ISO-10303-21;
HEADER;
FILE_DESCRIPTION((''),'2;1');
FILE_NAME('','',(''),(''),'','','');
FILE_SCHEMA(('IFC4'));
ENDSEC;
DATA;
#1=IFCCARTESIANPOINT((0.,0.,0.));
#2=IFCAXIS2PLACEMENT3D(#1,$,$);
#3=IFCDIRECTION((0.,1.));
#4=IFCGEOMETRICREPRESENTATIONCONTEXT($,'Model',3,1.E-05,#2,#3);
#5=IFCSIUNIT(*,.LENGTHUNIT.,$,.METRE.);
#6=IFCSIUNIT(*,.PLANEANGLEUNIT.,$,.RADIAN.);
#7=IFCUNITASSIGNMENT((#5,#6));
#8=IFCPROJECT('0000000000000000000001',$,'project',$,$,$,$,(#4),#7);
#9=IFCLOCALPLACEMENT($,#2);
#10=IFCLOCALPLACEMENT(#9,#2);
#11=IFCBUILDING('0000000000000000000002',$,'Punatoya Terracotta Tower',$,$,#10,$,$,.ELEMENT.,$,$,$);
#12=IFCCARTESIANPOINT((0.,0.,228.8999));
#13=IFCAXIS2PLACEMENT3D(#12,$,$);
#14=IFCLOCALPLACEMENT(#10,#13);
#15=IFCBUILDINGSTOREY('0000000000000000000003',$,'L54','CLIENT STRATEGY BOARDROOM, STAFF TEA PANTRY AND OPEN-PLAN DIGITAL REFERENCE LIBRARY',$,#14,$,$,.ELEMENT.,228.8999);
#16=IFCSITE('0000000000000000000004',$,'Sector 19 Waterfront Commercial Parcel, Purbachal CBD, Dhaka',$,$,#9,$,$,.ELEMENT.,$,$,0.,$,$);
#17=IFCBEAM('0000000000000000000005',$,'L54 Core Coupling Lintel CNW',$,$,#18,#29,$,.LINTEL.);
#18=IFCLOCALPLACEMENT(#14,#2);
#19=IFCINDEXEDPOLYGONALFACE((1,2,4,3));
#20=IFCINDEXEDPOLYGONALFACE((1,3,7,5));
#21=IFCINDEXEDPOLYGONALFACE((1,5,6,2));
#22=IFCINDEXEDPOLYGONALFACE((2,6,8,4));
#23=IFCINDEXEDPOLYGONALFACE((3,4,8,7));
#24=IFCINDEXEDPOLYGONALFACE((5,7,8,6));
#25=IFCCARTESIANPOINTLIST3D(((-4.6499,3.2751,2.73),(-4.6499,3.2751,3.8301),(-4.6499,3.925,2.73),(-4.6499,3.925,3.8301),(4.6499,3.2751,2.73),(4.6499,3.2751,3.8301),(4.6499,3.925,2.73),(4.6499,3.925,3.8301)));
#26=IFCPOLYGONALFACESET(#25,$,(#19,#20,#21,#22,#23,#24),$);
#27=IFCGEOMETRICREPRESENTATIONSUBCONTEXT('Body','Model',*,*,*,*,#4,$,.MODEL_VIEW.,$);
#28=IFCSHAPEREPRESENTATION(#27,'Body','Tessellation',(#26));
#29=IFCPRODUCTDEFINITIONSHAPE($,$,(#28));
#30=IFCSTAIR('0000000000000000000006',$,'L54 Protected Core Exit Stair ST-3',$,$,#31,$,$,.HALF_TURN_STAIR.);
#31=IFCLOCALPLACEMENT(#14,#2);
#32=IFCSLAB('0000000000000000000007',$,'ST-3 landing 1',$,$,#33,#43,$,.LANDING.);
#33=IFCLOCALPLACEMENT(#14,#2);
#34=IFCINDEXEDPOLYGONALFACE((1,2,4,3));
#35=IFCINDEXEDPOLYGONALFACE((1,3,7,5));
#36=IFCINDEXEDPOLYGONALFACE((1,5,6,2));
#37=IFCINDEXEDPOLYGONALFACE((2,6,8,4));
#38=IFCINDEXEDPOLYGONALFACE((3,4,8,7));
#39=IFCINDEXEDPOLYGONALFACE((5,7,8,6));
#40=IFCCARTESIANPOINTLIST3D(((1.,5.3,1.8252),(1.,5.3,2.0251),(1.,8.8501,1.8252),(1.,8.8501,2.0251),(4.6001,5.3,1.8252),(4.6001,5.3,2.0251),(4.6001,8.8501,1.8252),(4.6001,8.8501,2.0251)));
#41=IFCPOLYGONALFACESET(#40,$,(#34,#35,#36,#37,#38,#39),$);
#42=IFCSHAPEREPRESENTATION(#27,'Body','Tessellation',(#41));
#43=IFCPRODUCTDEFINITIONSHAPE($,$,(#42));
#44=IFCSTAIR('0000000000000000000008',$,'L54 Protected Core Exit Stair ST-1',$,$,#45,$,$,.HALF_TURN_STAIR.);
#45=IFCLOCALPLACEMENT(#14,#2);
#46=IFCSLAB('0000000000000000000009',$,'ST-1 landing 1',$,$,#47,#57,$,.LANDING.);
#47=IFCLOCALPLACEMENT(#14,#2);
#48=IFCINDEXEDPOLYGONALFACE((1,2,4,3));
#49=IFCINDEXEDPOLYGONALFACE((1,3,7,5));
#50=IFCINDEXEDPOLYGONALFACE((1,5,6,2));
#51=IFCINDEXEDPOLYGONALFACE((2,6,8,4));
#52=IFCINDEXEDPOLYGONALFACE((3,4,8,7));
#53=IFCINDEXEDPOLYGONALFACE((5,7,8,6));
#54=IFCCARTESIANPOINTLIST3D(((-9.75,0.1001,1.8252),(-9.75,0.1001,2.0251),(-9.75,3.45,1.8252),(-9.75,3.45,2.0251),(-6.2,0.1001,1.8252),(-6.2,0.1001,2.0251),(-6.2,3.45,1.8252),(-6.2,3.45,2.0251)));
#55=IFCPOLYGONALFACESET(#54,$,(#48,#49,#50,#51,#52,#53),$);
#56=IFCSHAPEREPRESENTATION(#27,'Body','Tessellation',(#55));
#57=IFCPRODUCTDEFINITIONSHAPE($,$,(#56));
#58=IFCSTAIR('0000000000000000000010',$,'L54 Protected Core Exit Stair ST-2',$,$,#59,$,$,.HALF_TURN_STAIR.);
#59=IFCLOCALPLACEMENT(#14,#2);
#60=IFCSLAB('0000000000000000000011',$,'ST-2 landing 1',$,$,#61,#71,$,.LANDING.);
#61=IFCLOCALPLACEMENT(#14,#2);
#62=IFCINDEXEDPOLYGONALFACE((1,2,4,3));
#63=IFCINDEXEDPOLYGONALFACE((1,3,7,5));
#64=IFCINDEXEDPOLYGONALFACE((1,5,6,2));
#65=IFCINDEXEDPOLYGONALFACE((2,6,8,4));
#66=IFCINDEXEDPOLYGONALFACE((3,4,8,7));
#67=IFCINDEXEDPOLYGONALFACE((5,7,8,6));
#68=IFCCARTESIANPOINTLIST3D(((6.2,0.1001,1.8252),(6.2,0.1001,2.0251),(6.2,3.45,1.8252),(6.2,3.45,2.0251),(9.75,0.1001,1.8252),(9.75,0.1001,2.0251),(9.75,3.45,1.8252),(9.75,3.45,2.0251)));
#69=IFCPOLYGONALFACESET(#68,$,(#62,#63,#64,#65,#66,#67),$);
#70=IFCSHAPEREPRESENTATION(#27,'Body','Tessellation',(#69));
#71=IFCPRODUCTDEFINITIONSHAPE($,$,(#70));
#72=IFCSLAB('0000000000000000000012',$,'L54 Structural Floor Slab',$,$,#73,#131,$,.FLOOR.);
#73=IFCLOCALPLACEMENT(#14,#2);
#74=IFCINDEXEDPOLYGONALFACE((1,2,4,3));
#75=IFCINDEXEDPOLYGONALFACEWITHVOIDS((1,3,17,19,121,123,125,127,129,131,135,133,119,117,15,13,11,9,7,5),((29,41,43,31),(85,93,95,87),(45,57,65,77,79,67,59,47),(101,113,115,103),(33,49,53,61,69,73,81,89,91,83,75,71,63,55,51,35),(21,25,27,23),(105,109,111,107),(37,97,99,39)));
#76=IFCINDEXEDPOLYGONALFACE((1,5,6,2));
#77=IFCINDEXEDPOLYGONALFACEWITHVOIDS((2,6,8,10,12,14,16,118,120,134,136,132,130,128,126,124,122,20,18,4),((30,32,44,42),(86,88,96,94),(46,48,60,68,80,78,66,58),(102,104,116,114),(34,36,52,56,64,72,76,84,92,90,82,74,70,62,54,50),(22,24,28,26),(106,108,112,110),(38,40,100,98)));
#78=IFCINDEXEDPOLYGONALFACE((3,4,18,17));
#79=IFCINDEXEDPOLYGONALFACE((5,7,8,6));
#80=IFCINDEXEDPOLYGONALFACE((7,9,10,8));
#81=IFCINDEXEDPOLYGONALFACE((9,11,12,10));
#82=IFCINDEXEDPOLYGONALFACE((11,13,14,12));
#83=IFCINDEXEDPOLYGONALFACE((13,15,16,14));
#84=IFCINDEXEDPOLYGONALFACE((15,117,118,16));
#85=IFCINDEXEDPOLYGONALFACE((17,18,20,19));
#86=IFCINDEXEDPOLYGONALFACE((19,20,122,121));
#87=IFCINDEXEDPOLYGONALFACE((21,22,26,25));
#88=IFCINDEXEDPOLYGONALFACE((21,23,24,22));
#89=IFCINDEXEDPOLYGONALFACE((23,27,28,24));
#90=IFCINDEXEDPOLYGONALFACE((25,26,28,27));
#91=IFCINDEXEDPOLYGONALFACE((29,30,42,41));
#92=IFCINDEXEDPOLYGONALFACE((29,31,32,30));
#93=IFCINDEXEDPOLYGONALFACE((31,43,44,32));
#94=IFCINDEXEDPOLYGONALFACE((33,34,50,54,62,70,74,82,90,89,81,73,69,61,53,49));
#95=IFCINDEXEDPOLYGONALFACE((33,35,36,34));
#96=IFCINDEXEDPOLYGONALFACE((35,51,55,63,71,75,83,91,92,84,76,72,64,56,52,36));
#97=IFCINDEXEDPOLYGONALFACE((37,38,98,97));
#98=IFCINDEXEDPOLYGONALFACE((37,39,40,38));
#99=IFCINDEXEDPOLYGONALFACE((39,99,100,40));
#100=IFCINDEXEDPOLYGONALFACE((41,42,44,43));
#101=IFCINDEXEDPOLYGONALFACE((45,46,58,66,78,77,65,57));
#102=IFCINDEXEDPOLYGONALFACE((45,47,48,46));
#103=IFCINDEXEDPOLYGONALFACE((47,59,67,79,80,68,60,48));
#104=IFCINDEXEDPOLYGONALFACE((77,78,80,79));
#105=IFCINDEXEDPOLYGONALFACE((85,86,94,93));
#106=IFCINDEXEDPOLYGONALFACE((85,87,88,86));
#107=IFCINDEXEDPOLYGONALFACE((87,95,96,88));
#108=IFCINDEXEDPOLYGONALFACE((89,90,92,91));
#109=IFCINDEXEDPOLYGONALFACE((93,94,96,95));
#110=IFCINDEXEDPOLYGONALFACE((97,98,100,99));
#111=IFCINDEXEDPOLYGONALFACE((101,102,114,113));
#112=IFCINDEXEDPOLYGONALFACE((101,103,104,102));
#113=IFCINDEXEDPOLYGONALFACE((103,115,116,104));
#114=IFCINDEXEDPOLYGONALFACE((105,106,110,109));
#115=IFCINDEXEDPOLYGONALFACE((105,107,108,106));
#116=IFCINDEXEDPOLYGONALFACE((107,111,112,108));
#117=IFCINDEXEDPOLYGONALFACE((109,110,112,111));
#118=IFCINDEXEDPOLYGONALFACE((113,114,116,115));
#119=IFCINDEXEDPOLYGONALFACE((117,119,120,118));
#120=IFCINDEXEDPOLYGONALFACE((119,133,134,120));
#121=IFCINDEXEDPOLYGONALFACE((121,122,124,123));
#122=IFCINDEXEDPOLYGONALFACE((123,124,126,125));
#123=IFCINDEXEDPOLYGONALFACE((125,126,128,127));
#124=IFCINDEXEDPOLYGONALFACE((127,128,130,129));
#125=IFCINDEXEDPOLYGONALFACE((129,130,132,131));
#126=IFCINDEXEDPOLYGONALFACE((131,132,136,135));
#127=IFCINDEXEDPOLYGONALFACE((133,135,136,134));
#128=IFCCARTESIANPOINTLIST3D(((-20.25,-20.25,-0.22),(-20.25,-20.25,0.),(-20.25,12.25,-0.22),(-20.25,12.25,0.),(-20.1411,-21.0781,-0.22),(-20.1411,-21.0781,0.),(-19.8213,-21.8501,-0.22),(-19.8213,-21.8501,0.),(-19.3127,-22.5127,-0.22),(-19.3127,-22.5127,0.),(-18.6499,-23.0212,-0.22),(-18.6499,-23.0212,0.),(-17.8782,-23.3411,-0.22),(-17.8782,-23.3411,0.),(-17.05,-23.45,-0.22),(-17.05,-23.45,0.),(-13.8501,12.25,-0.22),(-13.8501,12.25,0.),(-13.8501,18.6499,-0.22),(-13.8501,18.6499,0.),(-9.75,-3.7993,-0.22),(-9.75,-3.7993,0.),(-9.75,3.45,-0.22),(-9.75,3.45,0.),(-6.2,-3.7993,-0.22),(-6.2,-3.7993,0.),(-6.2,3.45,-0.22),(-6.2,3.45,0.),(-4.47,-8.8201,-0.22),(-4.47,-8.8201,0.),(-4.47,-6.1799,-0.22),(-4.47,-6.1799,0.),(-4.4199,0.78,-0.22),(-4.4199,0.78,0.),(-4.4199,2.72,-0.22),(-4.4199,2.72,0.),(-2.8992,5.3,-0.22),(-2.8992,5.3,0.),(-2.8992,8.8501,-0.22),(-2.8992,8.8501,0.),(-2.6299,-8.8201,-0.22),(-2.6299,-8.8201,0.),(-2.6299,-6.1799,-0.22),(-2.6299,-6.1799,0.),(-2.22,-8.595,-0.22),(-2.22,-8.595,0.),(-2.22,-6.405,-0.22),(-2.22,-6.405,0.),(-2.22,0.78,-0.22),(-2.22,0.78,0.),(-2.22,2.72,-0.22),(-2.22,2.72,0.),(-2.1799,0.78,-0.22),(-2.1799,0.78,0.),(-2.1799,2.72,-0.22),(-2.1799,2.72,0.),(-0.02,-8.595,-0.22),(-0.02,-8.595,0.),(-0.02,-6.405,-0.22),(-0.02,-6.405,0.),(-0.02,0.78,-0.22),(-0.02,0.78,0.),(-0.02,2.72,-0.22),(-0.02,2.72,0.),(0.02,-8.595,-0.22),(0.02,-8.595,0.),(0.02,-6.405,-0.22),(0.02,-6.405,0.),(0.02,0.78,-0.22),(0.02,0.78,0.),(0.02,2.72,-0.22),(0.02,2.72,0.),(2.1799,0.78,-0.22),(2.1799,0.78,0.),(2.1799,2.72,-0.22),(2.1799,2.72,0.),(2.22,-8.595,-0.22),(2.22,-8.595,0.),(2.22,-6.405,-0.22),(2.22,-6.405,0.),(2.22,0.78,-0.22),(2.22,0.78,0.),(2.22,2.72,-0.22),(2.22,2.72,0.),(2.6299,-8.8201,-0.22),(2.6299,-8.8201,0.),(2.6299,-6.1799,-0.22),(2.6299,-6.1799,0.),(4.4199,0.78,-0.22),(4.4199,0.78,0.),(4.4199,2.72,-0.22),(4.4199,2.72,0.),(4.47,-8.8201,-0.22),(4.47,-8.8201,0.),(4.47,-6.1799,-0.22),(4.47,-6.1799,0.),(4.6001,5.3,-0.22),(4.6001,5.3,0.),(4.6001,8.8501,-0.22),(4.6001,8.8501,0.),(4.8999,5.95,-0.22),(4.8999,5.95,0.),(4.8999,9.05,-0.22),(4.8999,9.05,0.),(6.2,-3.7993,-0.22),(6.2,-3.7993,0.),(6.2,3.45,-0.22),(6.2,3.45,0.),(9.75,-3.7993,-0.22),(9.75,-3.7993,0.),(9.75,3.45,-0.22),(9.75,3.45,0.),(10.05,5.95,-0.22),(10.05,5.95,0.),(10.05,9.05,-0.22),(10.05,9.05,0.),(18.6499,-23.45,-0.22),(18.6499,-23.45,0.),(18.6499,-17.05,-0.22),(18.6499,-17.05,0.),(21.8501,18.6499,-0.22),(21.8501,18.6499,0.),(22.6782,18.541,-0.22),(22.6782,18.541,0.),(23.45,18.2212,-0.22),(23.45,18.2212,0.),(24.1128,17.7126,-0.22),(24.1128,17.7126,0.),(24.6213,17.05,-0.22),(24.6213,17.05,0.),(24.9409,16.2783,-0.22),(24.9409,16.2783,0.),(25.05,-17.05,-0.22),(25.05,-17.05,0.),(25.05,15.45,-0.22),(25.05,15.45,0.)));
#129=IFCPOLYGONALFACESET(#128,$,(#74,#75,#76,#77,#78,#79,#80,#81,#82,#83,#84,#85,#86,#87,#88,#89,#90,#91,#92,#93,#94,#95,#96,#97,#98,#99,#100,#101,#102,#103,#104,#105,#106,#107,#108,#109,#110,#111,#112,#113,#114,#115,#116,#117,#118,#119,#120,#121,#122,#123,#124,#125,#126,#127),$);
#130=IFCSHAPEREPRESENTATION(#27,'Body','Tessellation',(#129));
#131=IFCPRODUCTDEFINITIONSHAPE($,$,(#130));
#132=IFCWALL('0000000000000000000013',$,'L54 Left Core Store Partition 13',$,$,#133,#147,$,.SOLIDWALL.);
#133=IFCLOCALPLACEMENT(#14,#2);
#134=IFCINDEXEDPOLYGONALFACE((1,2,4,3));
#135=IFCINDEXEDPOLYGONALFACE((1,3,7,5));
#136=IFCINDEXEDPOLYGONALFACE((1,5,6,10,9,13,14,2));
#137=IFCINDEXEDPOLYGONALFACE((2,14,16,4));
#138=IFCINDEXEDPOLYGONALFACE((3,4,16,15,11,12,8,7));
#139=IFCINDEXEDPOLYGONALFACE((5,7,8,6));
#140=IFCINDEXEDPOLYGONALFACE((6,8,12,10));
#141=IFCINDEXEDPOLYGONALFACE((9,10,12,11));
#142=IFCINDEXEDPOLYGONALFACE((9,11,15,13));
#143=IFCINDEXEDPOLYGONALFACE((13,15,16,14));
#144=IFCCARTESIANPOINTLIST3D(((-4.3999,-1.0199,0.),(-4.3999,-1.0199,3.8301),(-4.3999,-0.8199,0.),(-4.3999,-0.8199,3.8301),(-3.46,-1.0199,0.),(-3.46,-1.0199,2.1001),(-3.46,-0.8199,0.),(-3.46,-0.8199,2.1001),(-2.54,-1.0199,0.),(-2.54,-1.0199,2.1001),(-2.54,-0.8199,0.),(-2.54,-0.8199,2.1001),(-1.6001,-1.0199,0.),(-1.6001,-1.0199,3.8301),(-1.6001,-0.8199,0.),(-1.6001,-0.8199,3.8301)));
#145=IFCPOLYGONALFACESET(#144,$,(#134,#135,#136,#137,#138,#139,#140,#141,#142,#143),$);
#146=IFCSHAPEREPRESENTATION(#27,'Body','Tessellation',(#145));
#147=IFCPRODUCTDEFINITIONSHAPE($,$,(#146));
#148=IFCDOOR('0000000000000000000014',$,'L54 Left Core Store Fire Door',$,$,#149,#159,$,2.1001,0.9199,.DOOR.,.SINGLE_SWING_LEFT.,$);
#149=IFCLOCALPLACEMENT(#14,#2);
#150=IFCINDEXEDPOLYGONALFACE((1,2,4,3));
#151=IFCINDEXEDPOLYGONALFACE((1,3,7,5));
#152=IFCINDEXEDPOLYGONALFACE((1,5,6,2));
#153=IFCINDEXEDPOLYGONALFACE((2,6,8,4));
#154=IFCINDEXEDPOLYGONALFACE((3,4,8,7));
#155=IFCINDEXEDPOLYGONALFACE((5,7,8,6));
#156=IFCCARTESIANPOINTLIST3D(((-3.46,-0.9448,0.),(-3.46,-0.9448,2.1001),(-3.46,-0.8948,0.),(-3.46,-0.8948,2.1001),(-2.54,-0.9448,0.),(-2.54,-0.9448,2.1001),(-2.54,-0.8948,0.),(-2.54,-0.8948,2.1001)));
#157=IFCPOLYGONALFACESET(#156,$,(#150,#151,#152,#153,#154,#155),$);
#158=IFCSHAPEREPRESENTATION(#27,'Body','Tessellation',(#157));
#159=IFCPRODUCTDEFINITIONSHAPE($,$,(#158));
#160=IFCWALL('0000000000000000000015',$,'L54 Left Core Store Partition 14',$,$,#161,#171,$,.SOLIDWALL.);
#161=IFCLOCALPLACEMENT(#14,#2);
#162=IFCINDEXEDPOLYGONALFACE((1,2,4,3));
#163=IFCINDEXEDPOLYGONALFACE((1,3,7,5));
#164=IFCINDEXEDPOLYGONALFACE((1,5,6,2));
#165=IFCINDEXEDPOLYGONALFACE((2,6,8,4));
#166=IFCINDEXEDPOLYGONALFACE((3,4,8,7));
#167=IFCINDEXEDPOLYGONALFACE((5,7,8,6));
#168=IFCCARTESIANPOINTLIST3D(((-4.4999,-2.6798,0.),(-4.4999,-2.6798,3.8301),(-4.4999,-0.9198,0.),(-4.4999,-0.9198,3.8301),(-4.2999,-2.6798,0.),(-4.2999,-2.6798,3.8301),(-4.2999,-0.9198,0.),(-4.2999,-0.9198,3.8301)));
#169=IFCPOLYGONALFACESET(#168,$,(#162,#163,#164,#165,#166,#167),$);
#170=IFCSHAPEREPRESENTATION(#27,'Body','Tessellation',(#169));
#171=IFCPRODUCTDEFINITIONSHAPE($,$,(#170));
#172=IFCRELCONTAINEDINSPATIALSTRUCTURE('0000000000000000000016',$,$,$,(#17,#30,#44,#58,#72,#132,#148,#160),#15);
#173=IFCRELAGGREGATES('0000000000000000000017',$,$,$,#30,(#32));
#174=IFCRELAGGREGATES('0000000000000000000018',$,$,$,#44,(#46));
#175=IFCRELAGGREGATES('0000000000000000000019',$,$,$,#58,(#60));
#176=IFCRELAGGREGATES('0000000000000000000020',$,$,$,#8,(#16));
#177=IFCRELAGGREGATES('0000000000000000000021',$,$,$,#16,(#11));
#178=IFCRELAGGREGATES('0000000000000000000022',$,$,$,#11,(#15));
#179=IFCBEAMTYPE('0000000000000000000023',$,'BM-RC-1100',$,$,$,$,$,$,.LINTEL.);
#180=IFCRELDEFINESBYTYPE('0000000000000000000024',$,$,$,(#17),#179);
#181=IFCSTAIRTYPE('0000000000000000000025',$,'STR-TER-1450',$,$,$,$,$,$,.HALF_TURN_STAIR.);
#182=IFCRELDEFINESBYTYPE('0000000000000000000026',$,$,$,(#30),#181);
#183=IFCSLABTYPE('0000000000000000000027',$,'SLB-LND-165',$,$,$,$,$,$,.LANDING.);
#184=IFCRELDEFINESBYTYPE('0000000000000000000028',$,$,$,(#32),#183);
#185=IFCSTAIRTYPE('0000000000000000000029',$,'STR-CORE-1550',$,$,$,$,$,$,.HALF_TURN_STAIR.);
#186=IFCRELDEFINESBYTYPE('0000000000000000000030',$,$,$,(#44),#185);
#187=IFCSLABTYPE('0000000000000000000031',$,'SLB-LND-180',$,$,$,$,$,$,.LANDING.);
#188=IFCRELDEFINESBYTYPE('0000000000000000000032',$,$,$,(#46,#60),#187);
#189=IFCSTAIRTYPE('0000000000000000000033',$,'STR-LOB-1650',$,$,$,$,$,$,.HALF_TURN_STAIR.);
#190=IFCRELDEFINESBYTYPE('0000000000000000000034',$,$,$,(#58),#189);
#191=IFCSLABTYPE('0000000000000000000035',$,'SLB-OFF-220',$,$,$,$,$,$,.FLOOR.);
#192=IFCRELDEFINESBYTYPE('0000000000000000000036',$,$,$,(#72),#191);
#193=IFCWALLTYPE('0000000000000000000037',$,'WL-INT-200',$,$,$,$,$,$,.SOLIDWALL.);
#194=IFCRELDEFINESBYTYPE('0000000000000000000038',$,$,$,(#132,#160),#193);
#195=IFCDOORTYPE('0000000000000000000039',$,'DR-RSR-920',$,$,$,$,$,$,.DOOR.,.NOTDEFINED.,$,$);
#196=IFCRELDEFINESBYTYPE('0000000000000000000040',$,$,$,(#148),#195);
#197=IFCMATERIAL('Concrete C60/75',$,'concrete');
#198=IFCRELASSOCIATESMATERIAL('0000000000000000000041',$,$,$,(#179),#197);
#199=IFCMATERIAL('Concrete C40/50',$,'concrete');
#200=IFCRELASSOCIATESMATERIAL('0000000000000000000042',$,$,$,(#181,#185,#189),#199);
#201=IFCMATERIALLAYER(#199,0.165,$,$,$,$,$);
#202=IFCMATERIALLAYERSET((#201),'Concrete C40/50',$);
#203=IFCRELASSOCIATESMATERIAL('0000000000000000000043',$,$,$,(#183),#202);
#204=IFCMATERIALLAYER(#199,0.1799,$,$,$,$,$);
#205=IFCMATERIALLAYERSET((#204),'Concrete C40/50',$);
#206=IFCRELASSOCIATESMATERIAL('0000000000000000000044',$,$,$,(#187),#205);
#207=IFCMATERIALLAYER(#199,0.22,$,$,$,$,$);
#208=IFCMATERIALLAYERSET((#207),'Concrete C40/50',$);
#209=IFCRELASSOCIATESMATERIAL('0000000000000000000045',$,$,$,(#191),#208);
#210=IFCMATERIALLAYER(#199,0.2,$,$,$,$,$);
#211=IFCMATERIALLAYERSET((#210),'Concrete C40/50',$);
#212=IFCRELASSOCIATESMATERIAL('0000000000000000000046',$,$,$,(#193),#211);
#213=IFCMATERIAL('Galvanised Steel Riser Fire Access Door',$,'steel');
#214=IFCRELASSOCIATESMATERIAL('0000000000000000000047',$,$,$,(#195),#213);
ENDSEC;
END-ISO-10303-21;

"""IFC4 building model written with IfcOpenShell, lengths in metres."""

from ifc_helpers import new_model, si_unit, direction, frame, frame_2d, origin, origin_2d, place, context, subcontext, project, spatial, polyline, rectangle, outline, extrude, material, layer, layer_set, material_profile, profile_set, type_object, element, fill, aggregate, save


model = new_model("IFC4")

# Units and contexts
model_context = context("Model", 3, precision=1e-05, world=origin(), true_north=direction((0.0, 1.0)))
body_context = subcontext(model_context, "Body", "Model", "MODEL_VIEW")
ifc_project = project(units=[si_unit("LENGTHUNIT", "METRE"), si_unit("PLANEANGLEUNIT", "RADIAN")], contexts=[model_context])

# Site, building, storey
site_placement = place(None, origin())
site = spatial("IfcSite", under=ifc_project, at=site_placement, Name="Sector 19 Waterfront Commercial Parcel, Purbachal CBD, Dhaka", CompositionType="ELEMENT", RefElevation=0.0)
building_placement = place(site_placement, origin())
building = spatial("IfcBuilding", under=site, at=building_placement, Name="Punatoya Terracotta Tower", CompositionType="ELEMENT")
storey_placement = place(building_placement, frame((0.0, 0.0, 228.8999)))
storey = spatial("IfcBuildingStorey", under=building, at=storey_placement, Name="L54", Description="CLIENT STRATEGY BOARDROOM, STAFF TEA PANTRY AND OPEN-PLAN DIGITAL REFERENCE LIBRARY", CompositionType="ELEMENT", Elevation=228.8999)

# Beam
ifc_material_1 = material(Name="Concrete C60/75", Category="concrete")
ifc_material_profile = material_profile(ifc_material_1, rectangle(XDim=0.6499, YDim=1.1001, at=origin_2d()))
ifc_profile_set = profile_set([ifc_material_profile], Name="Concrete C60/75")
beam_type = type_object("IfcBeamType", Name="BM-RC-1100", PredefinedType="LINTEL", material=ifc_profile_set)
beam_placement = place(storey_placement, frame((-4.6499, 3.6001, 3.28), z_axis=(1.0, 0.0, 0.0), x_axis=(0.0, 1.0, 0.0)))
element("IfcBeam", 1, at=beam_placement, inside=storey, type_object=beam_type, Name="L54 Core Coupling Lintel CNW", PredefinedType="LINTEL", context=body_context, shape_type="SweptSolid", body=[
    extrude(rectangle(XDim=0.6499, YDim=1.1001, at=origin_2d()), origin(), (0.0, 0.0, 1.0), 9.2998),
])

# Stairs, slabs
ifc_material_2 = material(Name="Concrete C40/50", Category="concrete")
stair_type_1 = type_object("IfcStairType", Name="STR-TER-1450", PredefinedType="HALF_TURN_STAIR", material=ifc_material_2)
stair_1_placement = place(storey_placement, origin())
stair_1 = element("IfcStair", 2, at=stair_1_placement, inside=storey, type_object=stair_type_1, Name="L54 Protected Core Exit Stair ST-3", PredefinedType="HALF_TURN_STAIR")
ifc_layer_1 = layer(ifc_material_2, 0.165)
ifc_layer_set_1 = layer_set([ifc_layer_1], Name="Concrete C40/50")
slab_type_1 = type_object("IfcSlabType", Name="SLB-LND-165", PredefinedType="LANDING", material=ifc_layer_set_1)
slab_1_placement = place(storey_placement, frame((0.0, 0.0, 1.8252)))
slab_1 = element("IfcSlab", 3, at=slab_1_placement, type_object=slab_type_1, Name="ST-3 landing 1", PredefinedType="LANDING", context=body_context, shape_type="SweptSolid", body=[
    extrude(outline(polyline([(1.0, 5.3), (4.6001, 5.3), (4.6001, 8.8501), (1.0, 8.8501), (1.0, 5.3)])), origin(), (0.0, 0.0, 1.0), 0.2),
])
aggregate(stair_1, [slab_1])
stair_type_2 = type_object("IfcStairType", Name="STR-CORE-1550", PredefinedType="HALF_TURN_STAIR", material=ifc_material_2)
stair_2_placement = place(storey_placement, origin())
stair_2 = element("IfcStair", 4, at=stair_2_placement, inside=storey, type_object=stair_type_2, Name="L54 Protected Core Exit Stair ST-1", PredefinedType="HALF_TURN_STAIR")
ifc_layer_2 = layer(ifc_material_2, 0.1799)
ifc_layer_set_2 = layer_set([ifc_layer_2], Name="Concrete C40/50")
slab_type_2 = type_object("IfcSlabType", Name="SLB-LND-180", PredefinedType="LANDING", material=ifc_layer_set_2)
slab_2_placement = place(storey_placement, frame((0.0, 0.0, 1.8252)))
slab_2 = element("IfcSlab", 5, at=slab_2_placement, type_object=slab_type_2, Name="ST-1 landing 1", PredefinedType="LANDING", context=body_context, shape_type="SweptSolid", body=[
    extrude(outline(polyline([(-6.2, 0.1001), (-6.2, 3.45), (-9.75, 3.45), (-9.75, 0.1001), (-6.2, 0.1001)])), origin(), (0.0, 0.0, 1.0), 0.2),
])
aggregate(stair_2, [slab_2])
stair_type_3 = type_object("IfcStairType", Name="STR-LOB-1650", PredefinedType="HALF_TURN_STAIR", material=ifc_material_2)
stair_3_placement = place(storey_placement, origin())
stair_3 = element("IfcStair", 6, at=stair_3_placement, inside=storey, type_object=stair_type_3, Name="L54 Protected Core Exit Stair ST-2", PredefinedType="HALF_TURN_STAIR")
slab_3_placement = place(storey_placement, frame((0.0, 0.0, 1.8252)))
slab_3 = element("IfcSlab", 7, at=slab_3_placement, type_object=slab_type_2, Name="ST-2 landing 1", PredefinedType="LANDING", context=body_context, shape_type="SweptSolid", body=[
    extrude(outline(polyline([(9.75, 0.1001), (9.75, 3.45), (6.2, 3.45), (6.2, 0.1001), (9.75, 0.1001)])), origin(), (0.0, 0.0, 1.0), 0.2),
])
aggregate(stair_3, [slab_3])

# Slab
ifc_layer_3 = layer(ifc_material_2, 0.22)
ifc_layer_set_3 = layer_set([ifc_layer_3], Name="Concrete C40/50")
slab_type_3 = type_object("IfcSlabType", Name="SLB-OFF-220", PredefinedType="FLOOR", material=ifc_layer_set_3)
slab_4_placement = place(storey_placement, frame((0.0, 0.0, -0.22)))
element("IfcSlab", 8, at=slab_4_placement, inside=storey, type_object=slab_type_3, Name="L54 Structural Floor Slab", PredefinedType="FLOOR", context=body_context, shape_type="SweptSolid", body=[
    extrude(outline(polyline([(-17.05, -23.45), (-17.8782, -23.3411), (-18.6499, -23.0212), (-19.3127, -22.5127), (-19.8213, -21.8501), (-20.1411, -21.0781), (-20.25, -20.25), (-20.25, 12.25), (-13.8501, 12.25), (-13.8501, 18.6499), (21.8501, 18.6499), (22.6782, 18.541), (23.45, 18.2212), (24.1128, 17.7126), (24.6213, 17.05), (24.9409, 16.2783), (25.05, 15.45), (25.05, -17.05), (18.6499, -17.05), (18.6499, -23.45), (-17.05, -23.45)]), holes=[polyline([(-2.6299, -6.1799), (-4.47, -6.1799), (-4.47, -8.8201), (-2.6299, -8.8201), (-2.6299, -6.1799)]), polyline([(0.02, -8.595), (2.22, -8.595), (2.22, -6.405), (0.02, -6.405), (-0.02, -6.405), (-2.22, -6.405), (-2.22, -8.595), (-0.02, -8.595), (0.02, -8.595)]), polyline([(-6.2, 3.45), (-9.75, 3.45), (-9.75, -3.7993), (-6.2, -3.7993), (-6.2, 3.45)]), polyline([(-4.4199, 2.72), (-4.4199, 0.78), (-2.22, 0.78), (-2.1799, 0.78), (-0.02, 0.78), (0.02, 0.78), (2.1799, 0.78), (2.22, 0.78), (4.4199, 0.78), (4.4199, 2.72), (2.22, 2.72), (2.1799, 2.72), (0.02, 2.72), (-0.02, 2.72), (-2.1799, 2.72), (-2.22, 2.72), (-4.4199, 2.72)]), polyline([(4.6001, 5.3), (4.6001, 8.8501), (-2.8992, 8.8501), (-2.8992, 5.3), (4.6001, 5.3)]), polyline([(4.47, -8.8201), (4.47, -6.1799), (2.6299, -6.1799), (2.6299, -8.8201), (4.47, -8.8201)]), polyline([(9.75, 3.45), (6.2, 3.45), (6.2, -3.7993), (9.75, -3.7993), (9.75, 3.45)]), polyline([(10.05, 5.95), (10.05, 9.05), (4.8999, 9.05), (4.8999, 5.95), (10.05, 5.95)])]), origin(), (0.0, 0.0, 1.0), 0.22),
])

# Wall, opening, door
ifc_layer_4 = layer(ifc_material_2, 0.2)
ifc_layer_set_4 = layer_set([ifc_layer_4], Name="Concrete C40/50")
wall_type_1 = type_object("IfcWallType", Name="WL-INT-200", PredefinedType="SOLIDWALL", material=ifc_layer_set_4)
wall_1_placement = place(storey_placement, frame((-1.6001, -0.9199, 0.0), z_axis=(0.0, 0.0, 1.0), x_axis=(-1.0, 0.0, 0.0)))
wall_1 = element("IfcWall", 9, at=wall_1_placement, inside=storey, type_object=wall_type_1, Name="L54 Left Core Store Partition 13", PredefinedType="SOLIDWALL", context=body_context, shape_type="SweptSolid", body=[
    extrude(rectangle(XDim=2.7998, YDim=0.2, at=frame_2d((1.3999, 0.0))), origin(), (0.0, 0.0, 1.0), 3.8301),
])
opening_1_placement = place(wall_1_placement, frame((0.9399, 0.0, 0.0)))
opening_1 = element("IfcOpeningElement", 10, at=opening_1_placement, cuts=wall_1, PredefinedType="OPENING", context=body_context, shape_type="SweptSolid", body=[
    extrude(rectangle(XDim=0.9199, YDim=2.1001, at=frame_2d((0.46, 1.05))), frame((0.0, 0.1099, 0.0), z_axis=(0.0, -1.0, 0.0), x_axis=(1.0, 0.0, 0.0)), (0.0, 0.0, 1.0), 0.22),
])
ifc_material_3 = material(Name="Galvanised Steel Riser Fire Access Door", Category="steel")
door_type_1 = type_object("IfcDoorType", Name="DR-RSR-920", OperationType="NOTDEFINED", PredefinedType="DOOR", material=ifc_material_3)
door_1_placement = place(opening_1_placement, origin())
door_1 = element("IfcDoor", 11, at=door_1_placement, inside=storey, type_object=door_type_1, Name="L54 Left Core Store Fire Door", OperationType="SINGLE_SWING_LEFT", OverallHeight=2.1001, OverallWidth=0.9199, PredefinedType="DOOR", context=body_context, shape_type="SweptSolid", body=[
    extrude(rectangle(XDim=0.9199, YDim=2.1001, at=frame_2d((0.46, 1.05))), frame((0.0, 0.0249, 0.0), z_axis=(0.0, -1.0, 0.0), x_axis=(1.0, 0.0, 0.0)), (0.0, 0.0, 1.0), 0.05),
])
fill(opening_1, door_1)

# Wall
wall_2_placement = place(storey_placement, frame((-4.3999, -0.9199, 0.0), z_axis=(0.0, 0.0, 1.0), x_axis=(0.0, -1.0, 0.0)))
element("IfcWall", 12, at=wall_2_placement, inside=storey, type_object=wall_type_1, Name="L54 Left Core Store Partition 14", PredefinedType="SOLIDWALL", context=body_context, shape_type="SweptSolid", body=[
    extrude(rectangle(XDim=1.76, YDim=0.2, at=frame_2d((0.8799, 0.0))), origin(), (0.0, 0.0, 1.0), 3.8301),
])

save(model, "model.ifc")
